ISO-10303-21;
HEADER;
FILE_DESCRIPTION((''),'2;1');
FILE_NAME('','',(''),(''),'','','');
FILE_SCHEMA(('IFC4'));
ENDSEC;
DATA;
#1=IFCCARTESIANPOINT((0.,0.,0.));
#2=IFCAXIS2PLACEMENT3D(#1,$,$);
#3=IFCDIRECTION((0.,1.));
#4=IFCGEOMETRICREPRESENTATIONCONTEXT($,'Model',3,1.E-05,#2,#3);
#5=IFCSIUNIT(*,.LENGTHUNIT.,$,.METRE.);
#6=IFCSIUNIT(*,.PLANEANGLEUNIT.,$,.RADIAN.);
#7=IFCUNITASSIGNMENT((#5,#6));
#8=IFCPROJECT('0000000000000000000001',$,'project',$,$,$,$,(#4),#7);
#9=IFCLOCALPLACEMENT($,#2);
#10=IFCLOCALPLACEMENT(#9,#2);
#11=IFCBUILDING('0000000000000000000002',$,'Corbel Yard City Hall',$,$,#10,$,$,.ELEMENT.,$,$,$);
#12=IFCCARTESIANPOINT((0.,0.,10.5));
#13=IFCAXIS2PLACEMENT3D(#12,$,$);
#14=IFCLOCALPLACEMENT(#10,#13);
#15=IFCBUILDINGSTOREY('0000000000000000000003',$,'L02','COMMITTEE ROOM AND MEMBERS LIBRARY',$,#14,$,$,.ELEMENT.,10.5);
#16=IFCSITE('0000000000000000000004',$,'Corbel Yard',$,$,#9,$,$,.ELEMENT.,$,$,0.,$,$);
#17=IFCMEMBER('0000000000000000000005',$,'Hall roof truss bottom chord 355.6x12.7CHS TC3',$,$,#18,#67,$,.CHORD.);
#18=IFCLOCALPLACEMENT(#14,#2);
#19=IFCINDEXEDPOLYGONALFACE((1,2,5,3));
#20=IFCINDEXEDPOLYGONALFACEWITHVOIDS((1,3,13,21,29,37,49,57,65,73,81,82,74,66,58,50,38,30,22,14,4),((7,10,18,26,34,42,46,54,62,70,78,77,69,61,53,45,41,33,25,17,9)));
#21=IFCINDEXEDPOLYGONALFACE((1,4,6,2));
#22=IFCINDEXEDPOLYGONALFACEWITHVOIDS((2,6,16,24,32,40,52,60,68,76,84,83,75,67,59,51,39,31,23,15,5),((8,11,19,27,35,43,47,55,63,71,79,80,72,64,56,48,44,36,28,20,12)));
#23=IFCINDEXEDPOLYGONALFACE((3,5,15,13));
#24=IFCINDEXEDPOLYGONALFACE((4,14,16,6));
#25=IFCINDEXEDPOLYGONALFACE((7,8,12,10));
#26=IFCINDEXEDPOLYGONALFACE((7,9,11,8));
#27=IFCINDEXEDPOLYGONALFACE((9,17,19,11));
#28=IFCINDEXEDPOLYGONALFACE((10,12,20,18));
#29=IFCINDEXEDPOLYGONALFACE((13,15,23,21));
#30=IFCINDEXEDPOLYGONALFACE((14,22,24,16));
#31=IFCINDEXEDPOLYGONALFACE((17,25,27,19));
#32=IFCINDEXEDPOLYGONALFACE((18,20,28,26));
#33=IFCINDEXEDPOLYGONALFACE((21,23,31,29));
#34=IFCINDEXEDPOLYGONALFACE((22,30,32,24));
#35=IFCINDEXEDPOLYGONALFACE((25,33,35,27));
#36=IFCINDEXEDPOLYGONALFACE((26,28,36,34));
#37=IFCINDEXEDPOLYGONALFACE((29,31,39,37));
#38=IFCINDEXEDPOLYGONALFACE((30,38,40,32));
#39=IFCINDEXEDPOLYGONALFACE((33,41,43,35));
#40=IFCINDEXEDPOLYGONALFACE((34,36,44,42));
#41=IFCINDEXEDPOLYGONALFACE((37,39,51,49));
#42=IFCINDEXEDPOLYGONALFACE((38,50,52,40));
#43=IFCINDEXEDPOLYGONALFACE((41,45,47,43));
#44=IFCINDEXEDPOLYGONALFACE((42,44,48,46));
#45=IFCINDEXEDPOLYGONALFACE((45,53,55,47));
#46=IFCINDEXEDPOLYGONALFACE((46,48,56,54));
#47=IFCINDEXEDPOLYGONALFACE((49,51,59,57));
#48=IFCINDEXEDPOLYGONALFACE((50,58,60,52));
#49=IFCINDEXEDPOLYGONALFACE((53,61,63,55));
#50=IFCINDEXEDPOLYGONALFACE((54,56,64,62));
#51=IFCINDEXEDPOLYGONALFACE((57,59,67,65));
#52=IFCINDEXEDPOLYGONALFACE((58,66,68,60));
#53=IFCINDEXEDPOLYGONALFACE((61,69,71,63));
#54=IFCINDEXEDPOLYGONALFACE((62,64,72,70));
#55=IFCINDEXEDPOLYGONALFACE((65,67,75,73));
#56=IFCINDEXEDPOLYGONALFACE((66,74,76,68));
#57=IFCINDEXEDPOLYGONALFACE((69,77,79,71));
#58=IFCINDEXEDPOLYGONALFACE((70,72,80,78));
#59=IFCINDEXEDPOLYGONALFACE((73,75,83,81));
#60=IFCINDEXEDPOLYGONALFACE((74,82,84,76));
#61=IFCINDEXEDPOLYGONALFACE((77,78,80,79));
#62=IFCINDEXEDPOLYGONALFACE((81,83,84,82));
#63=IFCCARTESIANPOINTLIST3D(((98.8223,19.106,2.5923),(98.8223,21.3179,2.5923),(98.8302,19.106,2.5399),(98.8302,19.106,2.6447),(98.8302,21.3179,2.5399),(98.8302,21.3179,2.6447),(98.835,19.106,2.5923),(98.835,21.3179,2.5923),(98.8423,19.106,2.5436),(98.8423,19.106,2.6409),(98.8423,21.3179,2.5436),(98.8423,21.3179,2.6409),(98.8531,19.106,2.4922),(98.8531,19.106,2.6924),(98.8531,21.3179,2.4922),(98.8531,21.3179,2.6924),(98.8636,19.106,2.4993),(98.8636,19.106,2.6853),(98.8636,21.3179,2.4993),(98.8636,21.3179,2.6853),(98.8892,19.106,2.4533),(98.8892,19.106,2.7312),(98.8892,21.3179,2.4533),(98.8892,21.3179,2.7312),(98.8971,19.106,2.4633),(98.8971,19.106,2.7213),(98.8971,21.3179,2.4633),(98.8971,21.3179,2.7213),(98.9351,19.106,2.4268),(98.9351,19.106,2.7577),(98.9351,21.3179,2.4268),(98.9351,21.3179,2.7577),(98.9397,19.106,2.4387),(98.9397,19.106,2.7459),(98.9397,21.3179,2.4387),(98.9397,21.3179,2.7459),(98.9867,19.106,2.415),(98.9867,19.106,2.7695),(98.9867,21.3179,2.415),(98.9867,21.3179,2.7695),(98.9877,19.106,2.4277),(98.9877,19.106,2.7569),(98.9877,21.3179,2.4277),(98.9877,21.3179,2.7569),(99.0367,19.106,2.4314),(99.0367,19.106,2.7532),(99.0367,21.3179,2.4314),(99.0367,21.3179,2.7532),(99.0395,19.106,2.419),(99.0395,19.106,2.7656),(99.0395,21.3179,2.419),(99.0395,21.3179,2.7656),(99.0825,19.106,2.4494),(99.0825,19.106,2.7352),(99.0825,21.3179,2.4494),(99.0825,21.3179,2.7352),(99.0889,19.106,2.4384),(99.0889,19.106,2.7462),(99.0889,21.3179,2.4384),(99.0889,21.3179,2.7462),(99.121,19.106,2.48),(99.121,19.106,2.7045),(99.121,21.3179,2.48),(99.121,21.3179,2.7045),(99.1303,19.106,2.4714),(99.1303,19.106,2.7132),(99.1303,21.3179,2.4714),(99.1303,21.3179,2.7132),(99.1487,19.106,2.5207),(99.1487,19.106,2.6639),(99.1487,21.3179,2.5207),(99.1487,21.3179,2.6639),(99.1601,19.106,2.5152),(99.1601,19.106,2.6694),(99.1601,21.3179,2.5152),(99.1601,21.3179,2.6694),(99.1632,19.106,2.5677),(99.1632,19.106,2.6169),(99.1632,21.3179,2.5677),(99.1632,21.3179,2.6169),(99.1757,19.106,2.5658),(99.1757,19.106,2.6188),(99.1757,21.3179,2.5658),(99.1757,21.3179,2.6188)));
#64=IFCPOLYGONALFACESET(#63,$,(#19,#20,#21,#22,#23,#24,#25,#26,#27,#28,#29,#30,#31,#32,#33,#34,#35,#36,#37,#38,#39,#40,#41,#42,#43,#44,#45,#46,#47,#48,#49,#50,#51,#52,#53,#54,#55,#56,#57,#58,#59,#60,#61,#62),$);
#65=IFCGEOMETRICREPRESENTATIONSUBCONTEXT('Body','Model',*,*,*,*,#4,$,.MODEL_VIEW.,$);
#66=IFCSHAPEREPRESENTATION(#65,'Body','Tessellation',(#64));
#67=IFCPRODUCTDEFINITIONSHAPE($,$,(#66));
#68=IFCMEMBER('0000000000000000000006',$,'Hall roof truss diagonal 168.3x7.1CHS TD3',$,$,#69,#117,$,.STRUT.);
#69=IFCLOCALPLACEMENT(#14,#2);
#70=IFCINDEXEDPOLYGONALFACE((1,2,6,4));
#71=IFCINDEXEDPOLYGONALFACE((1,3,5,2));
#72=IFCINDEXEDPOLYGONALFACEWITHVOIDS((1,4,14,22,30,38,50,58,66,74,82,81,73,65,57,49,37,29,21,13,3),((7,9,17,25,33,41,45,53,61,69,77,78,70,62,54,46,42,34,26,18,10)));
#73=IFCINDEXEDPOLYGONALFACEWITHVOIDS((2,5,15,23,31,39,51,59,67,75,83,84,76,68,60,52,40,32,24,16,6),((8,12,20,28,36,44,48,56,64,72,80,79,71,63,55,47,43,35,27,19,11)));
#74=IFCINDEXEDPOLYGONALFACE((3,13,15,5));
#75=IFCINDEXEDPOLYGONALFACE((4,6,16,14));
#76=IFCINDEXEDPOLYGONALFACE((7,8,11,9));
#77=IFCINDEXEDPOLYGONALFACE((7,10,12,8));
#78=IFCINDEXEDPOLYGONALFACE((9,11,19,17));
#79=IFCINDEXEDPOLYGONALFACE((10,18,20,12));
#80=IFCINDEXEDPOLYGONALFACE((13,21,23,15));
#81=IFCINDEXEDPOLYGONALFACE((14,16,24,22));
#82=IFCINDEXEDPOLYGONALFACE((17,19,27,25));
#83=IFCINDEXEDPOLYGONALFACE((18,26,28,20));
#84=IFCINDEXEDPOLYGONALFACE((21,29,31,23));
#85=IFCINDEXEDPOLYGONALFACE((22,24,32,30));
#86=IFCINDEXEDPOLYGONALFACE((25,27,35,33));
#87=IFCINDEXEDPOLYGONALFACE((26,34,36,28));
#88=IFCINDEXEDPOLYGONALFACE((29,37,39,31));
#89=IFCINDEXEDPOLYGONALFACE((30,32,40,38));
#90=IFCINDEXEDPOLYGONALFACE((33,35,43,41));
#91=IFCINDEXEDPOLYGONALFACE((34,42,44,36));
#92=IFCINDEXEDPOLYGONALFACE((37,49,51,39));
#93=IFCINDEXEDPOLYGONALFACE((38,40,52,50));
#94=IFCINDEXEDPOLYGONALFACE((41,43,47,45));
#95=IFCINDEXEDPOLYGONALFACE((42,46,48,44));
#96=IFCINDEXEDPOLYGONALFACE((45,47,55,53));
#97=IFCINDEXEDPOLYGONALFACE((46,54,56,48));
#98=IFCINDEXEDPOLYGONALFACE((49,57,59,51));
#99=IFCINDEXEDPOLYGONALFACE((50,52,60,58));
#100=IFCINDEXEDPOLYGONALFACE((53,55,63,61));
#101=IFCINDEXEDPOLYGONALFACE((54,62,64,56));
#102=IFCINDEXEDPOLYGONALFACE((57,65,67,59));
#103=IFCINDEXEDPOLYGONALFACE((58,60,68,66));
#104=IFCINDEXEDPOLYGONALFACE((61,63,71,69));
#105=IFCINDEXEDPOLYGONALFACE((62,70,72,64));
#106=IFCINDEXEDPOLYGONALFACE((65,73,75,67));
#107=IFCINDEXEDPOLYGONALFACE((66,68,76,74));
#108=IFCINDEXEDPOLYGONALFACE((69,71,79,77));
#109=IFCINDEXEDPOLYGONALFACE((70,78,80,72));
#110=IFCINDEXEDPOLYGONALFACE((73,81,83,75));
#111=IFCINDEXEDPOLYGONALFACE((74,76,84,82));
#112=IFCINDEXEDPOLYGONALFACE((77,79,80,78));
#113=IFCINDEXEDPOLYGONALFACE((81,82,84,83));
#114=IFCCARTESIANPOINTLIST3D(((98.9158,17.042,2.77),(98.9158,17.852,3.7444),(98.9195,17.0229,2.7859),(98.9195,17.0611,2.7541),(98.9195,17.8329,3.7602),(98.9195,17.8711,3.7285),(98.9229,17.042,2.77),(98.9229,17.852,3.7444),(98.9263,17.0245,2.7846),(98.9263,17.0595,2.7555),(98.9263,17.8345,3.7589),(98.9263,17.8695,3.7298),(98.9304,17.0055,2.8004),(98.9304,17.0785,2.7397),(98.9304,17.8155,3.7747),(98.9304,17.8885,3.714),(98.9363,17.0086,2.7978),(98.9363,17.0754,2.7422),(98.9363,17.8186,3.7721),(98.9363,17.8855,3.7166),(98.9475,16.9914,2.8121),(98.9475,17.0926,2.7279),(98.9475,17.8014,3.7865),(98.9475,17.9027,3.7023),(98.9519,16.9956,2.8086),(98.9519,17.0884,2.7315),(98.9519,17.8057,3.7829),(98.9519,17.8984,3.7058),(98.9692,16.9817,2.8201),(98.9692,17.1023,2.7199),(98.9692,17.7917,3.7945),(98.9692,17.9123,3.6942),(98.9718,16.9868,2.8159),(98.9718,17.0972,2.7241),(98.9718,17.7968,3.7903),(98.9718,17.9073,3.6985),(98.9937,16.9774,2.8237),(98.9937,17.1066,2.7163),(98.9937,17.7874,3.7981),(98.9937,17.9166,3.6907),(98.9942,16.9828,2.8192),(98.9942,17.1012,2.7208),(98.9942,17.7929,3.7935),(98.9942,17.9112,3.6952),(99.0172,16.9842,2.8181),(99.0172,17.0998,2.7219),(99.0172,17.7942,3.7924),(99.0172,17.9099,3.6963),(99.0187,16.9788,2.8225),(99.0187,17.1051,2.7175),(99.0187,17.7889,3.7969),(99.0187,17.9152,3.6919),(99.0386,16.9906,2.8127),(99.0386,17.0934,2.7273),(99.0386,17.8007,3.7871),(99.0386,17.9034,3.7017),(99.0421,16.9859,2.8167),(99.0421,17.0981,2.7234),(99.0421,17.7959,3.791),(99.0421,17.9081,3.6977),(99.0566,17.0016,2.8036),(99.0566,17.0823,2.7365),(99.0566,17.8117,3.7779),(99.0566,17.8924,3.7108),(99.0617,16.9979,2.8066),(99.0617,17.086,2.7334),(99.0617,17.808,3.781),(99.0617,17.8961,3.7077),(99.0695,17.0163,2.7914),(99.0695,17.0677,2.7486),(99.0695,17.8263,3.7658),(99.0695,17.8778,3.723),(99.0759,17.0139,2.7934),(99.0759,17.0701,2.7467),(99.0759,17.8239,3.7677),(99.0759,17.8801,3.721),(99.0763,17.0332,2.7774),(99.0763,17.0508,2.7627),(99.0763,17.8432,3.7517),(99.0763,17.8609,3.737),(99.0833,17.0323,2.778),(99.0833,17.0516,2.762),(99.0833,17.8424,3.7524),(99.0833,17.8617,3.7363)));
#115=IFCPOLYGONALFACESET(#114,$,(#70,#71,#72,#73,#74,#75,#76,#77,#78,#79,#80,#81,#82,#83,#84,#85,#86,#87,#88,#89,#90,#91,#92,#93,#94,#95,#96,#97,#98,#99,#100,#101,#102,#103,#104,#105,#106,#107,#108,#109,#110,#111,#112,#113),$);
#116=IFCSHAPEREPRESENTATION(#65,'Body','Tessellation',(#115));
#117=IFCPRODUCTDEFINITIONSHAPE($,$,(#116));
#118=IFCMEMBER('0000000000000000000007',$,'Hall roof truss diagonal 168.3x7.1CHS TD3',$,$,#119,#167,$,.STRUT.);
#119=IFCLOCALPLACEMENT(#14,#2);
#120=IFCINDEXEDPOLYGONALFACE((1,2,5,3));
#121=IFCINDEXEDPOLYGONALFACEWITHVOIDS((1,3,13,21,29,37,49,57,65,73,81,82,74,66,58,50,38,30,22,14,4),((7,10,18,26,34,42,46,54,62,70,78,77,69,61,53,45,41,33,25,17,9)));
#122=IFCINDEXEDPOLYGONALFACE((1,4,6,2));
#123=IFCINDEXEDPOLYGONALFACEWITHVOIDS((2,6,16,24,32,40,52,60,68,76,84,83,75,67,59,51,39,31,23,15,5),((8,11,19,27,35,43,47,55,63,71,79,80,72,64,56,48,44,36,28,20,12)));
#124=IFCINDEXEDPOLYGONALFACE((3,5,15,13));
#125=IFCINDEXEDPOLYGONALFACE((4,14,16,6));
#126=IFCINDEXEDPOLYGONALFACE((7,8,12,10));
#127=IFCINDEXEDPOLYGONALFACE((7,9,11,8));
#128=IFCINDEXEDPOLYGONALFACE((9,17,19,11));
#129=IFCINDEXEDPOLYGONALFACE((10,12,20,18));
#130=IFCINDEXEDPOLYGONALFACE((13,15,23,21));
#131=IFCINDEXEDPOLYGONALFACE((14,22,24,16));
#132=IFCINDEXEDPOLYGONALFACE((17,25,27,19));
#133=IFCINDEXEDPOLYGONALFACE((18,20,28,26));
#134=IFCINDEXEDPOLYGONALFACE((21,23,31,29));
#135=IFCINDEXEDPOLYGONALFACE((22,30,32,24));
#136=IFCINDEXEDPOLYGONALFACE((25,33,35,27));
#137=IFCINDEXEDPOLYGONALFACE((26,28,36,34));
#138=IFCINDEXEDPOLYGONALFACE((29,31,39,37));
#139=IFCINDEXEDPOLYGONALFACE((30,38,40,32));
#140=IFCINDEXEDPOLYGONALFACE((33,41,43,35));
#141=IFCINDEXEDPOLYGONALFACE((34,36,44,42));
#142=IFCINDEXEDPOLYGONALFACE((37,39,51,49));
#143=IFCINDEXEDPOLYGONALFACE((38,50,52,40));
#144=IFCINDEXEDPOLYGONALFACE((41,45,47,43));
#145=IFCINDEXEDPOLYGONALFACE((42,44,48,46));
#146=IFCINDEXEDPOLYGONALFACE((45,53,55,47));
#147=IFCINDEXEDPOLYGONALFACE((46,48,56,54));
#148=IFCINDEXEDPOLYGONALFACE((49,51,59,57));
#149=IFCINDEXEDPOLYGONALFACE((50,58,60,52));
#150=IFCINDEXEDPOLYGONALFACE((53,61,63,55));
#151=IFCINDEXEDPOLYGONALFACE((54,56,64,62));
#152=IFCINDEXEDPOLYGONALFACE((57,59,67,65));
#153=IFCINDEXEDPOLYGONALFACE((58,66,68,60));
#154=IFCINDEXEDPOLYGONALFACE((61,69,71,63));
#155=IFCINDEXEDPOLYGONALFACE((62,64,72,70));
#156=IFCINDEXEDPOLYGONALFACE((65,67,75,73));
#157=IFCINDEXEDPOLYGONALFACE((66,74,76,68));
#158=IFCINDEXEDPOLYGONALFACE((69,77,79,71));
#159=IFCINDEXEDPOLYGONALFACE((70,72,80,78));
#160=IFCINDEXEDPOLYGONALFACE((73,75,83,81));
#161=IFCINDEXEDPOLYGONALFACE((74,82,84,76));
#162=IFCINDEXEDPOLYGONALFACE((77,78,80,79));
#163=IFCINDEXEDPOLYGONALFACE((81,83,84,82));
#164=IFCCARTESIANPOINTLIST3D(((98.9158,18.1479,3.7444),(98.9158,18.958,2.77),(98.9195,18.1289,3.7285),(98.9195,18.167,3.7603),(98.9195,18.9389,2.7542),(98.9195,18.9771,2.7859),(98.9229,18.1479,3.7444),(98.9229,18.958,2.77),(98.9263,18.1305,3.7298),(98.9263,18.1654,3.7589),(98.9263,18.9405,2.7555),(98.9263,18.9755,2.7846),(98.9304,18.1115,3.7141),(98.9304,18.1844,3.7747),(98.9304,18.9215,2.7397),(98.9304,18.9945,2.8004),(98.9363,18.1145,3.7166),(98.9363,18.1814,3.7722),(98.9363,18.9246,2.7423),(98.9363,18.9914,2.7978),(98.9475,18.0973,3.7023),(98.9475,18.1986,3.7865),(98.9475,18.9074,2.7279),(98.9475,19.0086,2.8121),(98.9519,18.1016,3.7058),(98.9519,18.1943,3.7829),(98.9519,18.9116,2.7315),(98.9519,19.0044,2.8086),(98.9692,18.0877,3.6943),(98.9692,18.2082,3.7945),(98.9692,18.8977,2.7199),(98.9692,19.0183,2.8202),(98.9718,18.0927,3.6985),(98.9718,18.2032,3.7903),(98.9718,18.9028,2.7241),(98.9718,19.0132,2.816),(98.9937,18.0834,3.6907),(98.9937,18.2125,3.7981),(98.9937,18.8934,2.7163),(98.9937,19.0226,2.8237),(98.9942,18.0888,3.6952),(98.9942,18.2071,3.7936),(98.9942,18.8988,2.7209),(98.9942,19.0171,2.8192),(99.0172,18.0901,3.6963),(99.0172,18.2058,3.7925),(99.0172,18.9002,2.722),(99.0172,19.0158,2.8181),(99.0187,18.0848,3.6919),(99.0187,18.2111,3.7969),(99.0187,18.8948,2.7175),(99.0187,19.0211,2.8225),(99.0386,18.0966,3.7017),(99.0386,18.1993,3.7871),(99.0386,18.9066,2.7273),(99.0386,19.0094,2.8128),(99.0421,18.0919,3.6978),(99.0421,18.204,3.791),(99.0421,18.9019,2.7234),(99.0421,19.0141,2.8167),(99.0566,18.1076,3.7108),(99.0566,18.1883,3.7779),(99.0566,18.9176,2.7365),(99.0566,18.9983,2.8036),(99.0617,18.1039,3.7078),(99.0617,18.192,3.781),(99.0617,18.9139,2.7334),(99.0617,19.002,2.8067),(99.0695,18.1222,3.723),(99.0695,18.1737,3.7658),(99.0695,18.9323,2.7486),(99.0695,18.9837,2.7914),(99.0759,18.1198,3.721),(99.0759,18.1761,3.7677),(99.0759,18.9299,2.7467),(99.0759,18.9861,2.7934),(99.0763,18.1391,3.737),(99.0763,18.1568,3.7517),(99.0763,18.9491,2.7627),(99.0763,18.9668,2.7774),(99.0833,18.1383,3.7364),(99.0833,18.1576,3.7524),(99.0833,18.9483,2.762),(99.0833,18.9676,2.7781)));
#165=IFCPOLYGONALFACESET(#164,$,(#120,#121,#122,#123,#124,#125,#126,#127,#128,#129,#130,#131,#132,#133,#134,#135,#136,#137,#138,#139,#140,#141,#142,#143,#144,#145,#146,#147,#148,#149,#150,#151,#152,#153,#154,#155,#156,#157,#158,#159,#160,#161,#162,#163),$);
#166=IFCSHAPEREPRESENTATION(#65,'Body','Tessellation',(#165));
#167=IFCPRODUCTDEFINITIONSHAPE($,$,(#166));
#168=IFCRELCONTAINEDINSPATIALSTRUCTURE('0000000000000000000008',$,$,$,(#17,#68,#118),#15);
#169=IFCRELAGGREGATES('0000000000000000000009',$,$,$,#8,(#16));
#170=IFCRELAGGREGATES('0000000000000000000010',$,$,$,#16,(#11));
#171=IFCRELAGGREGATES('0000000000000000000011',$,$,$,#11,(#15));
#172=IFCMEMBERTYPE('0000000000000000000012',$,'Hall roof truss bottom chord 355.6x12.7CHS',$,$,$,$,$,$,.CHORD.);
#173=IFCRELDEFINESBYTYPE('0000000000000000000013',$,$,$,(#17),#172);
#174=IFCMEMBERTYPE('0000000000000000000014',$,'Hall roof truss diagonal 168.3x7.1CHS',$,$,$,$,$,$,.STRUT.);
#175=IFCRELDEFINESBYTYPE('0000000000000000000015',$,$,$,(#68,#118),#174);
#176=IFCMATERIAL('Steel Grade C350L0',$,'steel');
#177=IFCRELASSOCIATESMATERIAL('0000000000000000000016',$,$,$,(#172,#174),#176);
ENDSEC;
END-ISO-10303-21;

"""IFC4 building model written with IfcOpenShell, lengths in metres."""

from ifc_helpers import new_model, si_unit, direction, frame, origin, origin_2d, place, context, subcontext, project, spatial, hollow_circle, extrude, material, material_profile, profile_set, type_object, element, save


model = new_model("IFC4")

# Units and contexts
model_context = context("Model", 3, precision=1e-05, world=origin(), true_north=direction((0.0, 1.0)))
body_context = subcontext(model_context, "Body", "Model", "MODEL_VIEW")
ifc_project = project(units=[si_unit("LENGTHUNIT", "METRE"), si_unit("PLANEANGLEUNIT", "RADIAN")], contexts=[model_context])

# Site, building, storey
site_placement = place(None, origin())
site = spatial("IfcSite", under=ifc_project, at=site_placement, Name="Corbel Yard", CompositionType="ELEMENT", RefElevation=0.0)
building_placement = place(site_placement, origin())
building = spatial("IfcBuilding", under=site, at=building_placement, Name="Corbel Yard City Hall", CompositionType="ELEMENT")
storey_placement = place(building_placement, frame((0.0, 0.0, 10.5)))
storey = spatial("IfcBuildingStorey", under=building, at=storey_placement, Name="L02", Description="COMMITTEE ROOM AND MEMBERS LIBRARY", CompositionType="ELEMENT", Elevation=10.5)

# Members
ifc_material_1 = material(Name="Steel Grade C350L0", Category="steel")
ifc_material_profile_1 = material_profile(ifc_material_1, hollow_circle(Radius=0.1777, WallThickness=0.0127, at=origin_2d()), Name="355.6x12.7CHS")
ifc_profile_set_1 = profile_set([ifc_material_profile_1], Name="Steel Grade C350L0")
member_type_1 = type_object("IfcMemberType", Name="Hall roof truss bottom chord 355.6x12.7CHS", PredefinedType="CHORD", material=ifc_profile_set_1)
member_1_placement = place(storey_placement, frame((99.0, 19.106, 2.5923), z_axis=(0.0, 1.0, 0.0), x_axis=(-1.0, 0.0, 0.0)))
element("IfcMember", 1, at=member_1_placement, inside=storey, type_object=member_type_1, Name="Hall roof truss bottom chord 355.6x12.7CHS TC3", PredefinedType="CHORD", context=body_context, shape_type="SweptSolid", body=[
    extrude(hollow_circle(Radius=0.1777, WallThickness=0.0127, at=origin_2d()), origin(), (0.0, 0.0, 1.0), 2.2119),
])
ifc_material_profile_2 = material_profile(ifc_material_1, hollow_circle(Radius=0.0842, WallThickness=0.0071, at=origin_2d()), Name="168.3x7.1CHS")
ifc_profile_set_2 = profile_set([ifc_material_profile_2], Name="Steel Grade C350L0")
member_type_2 = type_object("IfcMemberType", Name="Hall roof truss diagonal 168.3x7.1CHS", PredefinedType="STRUT", material=ifc_profile_set_2)
for number, where, z_axis, x_axis, name in (
    (2, (99.0, 17.042, 2.77), (0.0, 0.639293, 0.768963), (-1.0, 0.0, 0.0), "Hall roof truss diagonal 168.3x7.1CHS TD3"),
    (3, (99.0, 18.1479, 3.7444), (0.0, 0.639293, -0.768963), (-1.0, 0.0, 0.0), "Hall roof truss diagonal 168.3x7.1CHS TD3"),
):
    element("IfcMember", number, at=place(storey_placement, frame(where, z_axis=z_axis, x_axis=x_axis)), inside=storey, type_object=member_type_2, Name=name, PredefinedType="STRUT", context=body_context, shape_type="SweptSolid", body=[
        extrude(hollow_circle(Radius=0.0842, WallThickness=0.0071, at=origin_2d()), origin(), (0.0, 0.0, 1.0), 1.2671),
    ])

save(model, "model.ifc")
